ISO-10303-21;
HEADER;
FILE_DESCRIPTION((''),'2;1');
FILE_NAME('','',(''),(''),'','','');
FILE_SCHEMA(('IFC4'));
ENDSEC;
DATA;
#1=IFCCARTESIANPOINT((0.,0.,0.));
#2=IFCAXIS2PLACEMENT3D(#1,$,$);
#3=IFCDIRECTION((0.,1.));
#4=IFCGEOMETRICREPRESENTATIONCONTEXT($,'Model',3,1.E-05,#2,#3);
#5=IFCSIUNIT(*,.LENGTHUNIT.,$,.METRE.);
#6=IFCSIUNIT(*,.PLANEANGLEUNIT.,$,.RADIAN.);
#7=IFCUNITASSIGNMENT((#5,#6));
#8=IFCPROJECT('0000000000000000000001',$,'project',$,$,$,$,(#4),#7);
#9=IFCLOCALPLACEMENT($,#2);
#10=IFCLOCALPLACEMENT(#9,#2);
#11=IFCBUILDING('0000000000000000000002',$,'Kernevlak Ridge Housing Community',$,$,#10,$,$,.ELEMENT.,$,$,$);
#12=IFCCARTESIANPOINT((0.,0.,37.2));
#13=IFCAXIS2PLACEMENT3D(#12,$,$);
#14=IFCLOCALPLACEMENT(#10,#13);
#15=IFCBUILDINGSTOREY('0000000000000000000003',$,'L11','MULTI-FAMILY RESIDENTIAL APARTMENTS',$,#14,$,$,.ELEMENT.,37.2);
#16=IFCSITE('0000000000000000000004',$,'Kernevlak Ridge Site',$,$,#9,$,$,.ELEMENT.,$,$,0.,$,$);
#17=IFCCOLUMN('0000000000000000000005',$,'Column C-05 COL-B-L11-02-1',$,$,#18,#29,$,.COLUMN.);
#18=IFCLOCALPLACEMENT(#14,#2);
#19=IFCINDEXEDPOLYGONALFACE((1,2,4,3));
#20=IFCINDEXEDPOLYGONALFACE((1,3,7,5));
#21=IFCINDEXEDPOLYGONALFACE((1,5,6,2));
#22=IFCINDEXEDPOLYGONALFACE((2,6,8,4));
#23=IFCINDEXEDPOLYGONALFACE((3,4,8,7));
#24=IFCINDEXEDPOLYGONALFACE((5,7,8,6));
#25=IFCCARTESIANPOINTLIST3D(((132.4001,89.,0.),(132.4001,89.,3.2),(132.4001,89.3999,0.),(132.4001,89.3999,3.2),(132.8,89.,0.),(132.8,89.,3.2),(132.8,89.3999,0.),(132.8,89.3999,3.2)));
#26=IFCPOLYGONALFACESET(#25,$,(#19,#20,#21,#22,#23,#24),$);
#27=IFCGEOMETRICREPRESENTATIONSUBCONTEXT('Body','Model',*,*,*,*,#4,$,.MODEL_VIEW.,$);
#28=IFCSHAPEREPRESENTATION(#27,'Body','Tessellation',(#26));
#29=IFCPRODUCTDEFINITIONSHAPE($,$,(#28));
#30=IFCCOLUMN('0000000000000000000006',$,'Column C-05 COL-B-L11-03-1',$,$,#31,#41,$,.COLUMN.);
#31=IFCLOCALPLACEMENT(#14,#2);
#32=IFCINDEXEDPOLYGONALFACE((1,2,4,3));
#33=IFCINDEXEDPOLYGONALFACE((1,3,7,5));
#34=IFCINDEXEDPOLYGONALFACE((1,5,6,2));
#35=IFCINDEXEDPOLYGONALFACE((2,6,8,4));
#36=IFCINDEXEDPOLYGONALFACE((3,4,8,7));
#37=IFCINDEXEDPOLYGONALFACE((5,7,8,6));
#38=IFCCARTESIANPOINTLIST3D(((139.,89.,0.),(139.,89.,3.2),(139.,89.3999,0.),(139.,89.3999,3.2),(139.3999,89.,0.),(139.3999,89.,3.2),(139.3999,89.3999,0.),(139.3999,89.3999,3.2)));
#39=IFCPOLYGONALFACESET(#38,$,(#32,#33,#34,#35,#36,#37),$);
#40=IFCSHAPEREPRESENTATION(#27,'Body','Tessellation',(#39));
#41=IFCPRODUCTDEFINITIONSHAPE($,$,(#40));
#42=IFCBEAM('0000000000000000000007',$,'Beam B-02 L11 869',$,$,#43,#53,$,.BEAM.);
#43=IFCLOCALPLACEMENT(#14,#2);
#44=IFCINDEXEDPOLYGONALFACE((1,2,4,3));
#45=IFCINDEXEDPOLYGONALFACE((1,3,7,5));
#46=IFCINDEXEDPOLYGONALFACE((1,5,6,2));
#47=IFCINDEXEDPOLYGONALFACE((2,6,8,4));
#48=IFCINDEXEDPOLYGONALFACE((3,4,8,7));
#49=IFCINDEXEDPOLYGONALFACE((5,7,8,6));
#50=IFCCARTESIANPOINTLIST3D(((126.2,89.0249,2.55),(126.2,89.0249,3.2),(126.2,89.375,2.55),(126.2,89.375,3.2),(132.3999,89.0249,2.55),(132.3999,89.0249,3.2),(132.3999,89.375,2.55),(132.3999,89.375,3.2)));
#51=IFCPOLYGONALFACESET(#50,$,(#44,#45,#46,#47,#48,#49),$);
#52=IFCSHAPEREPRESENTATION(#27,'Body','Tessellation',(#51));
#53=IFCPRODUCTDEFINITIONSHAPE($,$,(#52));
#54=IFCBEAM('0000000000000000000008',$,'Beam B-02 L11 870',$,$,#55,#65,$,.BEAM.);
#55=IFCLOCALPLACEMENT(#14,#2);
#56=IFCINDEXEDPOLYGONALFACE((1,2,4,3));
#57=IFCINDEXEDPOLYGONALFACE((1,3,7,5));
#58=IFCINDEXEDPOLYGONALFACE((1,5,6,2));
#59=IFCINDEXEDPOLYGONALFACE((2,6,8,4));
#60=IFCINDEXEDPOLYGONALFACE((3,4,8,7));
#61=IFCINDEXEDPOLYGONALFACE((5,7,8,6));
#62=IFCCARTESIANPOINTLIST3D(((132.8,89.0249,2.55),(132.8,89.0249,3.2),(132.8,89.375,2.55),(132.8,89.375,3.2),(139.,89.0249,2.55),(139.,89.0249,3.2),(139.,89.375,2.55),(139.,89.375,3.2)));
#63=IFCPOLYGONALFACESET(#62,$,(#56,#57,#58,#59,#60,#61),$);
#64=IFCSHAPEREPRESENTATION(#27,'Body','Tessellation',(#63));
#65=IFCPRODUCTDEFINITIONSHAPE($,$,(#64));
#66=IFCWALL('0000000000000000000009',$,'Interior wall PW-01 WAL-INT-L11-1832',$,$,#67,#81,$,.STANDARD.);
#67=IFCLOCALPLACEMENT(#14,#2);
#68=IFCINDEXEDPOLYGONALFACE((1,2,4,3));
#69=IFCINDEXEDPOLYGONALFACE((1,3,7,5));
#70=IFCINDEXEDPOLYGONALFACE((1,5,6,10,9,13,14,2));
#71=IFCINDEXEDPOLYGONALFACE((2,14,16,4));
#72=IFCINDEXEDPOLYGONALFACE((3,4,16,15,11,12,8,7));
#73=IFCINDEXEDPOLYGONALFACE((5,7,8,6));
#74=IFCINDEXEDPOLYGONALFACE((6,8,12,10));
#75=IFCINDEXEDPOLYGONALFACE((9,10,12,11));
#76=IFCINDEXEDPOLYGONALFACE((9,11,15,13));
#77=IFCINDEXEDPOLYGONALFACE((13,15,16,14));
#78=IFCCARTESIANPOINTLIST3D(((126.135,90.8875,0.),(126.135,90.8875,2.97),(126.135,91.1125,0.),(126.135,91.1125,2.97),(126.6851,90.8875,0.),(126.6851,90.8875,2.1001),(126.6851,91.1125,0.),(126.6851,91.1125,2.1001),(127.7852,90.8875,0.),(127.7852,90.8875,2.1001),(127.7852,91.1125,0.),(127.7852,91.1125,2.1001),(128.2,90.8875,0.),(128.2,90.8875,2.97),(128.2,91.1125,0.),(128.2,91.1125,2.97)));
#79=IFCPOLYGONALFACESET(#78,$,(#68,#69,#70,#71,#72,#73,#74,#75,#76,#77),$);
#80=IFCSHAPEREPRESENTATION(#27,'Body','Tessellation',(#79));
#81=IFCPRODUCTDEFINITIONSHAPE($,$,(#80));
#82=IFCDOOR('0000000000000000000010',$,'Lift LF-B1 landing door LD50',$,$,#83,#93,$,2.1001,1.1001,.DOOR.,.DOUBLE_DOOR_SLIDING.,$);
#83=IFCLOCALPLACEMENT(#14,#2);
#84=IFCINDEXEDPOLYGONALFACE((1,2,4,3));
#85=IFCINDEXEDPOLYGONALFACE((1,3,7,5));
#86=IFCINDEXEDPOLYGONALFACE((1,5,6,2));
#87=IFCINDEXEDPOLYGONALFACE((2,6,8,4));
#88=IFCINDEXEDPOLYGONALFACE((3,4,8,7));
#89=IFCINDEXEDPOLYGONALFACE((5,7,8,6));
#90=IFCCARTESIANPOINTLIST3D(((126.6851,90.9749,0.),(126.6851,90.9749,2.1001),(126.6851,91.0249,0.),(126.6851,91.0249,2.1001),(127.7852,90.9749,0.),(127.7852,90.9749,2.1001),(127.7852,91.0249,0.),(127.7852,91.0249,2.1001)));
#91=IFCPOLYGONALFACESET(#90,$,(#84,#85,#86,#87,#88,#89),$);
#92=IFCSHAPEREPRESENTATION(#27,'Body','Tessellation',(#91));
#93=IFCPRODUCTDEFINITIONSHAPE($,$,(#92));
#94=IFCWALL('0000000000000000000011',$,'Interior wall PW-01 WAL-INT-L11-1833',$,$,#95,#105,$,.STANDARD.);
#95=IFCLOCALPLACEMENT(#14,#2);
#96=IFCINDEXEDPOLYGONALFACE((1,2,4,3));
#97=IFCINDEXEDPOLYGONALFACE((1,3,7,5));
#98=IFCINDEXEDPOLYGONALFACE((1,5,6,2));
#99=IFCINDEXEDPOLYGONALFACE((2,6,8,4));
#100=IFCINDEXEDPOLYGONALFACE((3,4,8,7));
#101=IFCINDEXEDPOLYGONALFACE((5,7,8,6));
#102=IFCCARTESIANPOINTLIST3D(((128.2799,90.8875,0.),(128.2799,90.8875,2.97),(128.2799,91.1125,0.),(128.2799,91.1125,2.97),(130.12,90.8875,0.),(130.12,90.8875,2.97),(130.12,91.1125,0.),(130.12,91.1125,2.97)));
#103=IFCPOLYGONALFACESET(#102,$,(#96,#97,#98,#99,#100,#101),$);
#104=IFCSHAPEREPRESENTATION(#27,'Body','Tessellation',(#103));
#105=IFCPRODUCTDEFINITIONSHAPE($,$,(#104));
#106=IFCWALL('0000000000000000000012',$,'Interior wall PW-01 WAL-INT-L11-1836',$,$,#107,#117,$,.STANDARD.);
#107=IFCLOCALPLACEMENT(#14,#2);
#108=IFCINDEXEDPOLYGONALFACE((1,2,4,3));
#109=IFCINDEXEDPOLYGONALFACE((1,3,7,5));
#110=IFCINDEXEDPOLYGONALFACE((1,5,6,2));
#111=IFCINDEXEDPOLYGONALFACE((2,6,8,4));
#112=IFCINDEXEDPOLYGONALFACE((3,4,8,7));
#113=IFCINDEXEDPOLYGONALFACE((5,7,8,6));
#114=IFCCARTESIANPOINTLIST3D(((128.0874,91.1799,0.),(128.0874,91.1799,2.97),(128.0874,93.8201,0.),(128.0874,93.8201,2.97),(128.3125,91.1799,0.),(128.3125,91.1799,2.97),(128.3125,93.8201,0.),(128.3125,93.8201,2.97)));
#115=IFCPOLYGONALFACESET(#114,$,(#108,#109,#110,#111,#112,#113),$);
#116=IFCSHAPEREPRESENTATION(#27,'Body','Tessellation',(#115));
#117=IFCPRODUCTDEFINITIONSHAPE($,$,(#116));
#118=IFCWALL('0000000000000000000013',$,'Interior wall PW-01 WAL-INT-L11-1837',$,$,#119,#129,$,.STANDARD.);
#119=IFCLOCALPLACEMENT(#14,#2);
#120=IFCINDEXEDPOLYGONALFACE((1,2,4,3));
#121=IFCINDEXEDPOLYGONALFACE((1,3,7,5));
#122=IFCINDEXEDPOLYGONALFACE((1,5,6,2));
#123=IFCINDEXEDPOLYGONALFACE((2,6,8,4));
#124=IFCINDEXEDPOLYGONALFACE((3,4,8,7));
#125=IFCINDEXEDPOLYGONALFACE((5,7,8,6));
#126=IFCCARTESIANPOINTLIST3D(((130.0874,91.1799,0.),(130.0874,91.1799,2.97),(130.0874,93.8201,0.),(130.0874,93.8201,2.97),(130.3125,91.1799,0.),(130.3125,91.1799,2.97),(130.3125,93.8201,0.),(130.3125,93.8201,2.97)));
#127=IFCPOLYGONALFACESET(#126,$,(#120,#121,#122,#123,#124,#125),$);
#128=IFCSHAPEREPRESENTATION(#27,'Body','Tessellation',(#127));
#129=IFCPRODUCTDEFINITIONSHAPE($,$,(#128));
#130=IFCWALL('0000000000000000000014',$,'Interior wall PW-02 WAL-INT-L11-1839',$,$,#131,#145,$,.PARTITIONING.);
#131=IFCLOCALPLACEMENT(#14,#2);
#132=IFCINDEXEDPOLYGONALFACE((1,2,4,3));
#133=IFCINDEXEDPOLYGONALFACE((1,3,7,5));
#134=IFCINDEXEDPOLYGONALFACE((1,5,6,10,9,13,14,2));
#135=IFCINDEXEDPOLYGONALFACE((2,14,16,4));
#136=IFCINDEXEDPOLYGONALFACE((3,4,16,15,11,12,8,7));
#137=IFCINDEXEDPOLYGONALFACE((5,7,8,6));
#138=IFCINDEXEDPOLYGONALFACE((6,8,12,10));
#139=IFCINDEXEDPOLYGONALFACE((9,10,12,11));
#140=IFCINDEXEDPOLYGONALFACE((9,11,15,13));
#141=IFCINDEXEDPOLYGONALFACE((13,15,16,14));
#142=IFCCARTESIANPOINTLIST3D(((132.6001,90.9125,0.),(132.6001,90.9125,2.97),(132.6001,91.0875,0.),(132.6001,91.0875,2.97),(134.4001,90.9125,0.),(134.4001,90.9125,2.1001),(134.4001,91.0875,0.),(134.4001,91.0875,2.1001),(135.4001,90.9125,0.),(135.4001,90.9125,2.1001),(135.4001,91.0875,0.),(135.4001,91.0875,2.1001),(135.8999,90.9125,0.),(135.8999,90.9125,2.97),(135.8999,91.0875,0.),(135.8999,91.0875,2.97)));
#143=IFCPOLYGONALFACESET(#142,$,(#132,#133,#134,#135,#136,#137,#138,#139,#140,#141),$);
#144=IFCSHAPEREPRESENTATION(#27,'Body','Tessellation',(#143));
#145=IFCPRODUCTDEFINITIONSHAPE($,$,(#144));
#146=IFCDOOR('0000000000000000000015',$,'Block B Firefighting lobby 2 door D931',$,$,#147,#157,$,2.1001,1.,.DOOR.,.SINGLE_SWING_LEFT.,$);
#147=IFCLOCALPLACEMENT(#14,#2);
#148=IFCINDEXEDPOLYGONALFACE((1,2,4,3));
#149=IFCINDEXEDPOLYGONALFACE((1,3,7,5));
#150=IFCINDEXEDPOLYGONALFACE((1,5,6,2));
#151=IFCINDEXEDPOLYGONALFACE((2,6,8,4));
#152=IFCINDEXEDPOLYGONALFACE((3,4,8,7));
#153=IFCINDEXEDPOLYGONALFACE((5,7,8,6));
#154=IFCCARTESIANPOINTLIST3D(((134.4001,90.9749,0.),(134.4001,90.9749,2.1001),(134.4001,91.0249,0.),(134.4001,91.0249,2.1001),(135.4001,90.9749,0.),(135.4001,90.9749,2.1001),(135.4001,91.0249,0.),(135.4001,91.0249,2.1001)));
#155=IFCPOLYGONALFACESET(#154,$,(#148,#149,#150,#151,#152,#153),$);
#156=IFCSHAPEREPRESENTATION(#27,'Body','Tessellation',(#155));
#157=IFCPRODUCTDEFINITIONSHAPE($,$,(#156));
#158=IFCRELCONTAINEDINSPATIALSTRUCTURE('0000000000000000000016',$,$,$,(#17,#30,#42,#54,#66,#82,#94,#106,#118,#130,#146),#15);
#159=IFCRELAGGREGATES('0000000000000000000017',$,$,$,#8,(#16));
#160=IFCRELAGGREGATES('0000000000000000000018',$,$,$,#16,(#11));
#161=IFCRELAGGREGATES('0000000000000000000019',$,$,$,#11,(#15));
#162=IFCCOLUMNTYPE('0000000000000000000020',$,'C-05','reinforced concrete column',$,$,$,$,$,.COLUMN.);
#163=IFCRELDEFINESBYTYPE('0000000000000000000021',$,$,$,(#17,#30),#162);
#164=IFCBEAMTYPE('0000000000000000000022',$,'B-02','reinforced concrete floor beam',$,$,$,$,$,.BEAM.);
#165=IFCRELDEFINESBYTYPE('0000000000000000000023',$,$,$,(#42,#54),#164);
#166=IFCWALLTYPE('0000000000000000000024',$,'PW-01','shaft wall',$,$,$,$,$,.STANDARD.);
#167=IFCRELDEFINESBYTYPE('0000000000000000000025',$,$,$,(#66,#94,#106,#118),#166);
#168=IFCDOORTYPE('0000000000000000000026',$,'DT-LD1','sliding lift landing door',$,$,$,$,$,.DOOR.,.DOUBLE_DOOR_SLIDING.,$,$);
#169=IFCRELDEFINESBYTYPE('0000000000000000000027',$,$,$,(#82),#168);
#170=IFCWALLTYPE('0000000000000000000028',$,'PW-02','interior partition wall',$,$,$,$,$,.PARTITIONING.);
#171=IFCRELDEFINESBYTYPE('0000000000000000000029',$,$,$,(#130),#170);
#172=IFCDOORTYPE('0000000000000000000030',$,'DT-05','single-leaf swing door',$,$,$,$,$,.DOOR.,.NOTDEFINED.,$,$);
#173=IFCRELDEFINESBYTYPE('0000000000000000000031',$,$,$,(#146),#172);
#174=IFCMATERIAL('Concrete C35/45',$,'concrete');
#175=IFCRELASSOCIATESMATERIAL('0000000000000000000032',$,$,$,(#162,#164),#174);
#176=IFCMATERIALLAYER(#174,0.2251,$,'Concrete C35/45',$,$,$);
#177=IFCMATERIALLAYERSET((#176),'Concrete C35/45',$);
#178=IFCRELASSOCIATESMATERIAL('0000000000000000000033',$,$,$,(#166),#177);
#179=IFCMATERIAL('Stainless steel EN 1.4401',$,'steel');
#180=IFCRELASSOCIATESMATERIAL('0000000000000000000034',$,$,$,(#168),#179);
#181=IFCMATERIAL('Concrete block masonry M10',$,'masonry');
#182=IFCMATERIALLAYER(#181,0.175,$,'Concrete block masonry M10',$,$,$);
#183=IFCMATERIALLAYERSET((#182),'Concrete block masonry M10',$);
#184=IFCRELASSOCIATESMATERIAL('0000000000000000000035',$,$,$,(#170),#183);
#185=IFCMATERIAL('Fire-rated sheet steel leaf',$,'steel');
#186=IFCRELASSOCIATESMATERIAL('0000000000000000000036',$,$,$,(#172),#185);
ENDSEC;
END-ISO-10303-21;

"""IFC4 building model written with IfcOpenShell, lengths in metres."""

from ifc_helpers import new_model, si_unit, direction, frame, frame_2d, origin, origin_2d, place, context, subcontext, project, spatial, rectangle, extrude, material, layer, layer_set, material_profile, profile_set, type_object, element, fill, save


model = new_model("IFC4")

# Units and contexts
model_context = context("Model", 3, precision=1e-05, world=origin(), true_north=direction((0.0, 1.0)))
body_context = subcontext(model_context, "Body", "Model", "MODEL_VIEW")
ifc_project = project(units=[si_unit("LENGTHUNIT", "METRE"), si_unit("PLANEANGLEUNIT", "RADIAN")], contexts=[model_context])

# Site, building, storey
site_placement = place(None, origin())
site = spatial("IfcSite", under=ifc_project, at=site_placement, Name="Kernevlak Ridge Site", CompositionType="ELEMENT", RefElevation=0.0)
building_placement = place(site_placement, origin())
building = spatial("IfcBuilding", under=site, at=building_placement, Name="Kernevlak Ridge Housing Community", CompositionType="ELEMENT")
storey_placement = place(building_placement, frame((0.0, 0.0, 37.2)))
storey = spatial("IfcBuildingStorey", under=building, at=storey_placement, Name="L11", Description="MULTI-FAMILY RESIDENTIAL APARTMENTS", CompositionType="ELEMENT", Elevation=37.2)

# Columns
ifc_material_1 = material(Name="Concrete C35/45", Category="concrete")
ifc_material_profile_1 = material_profile(ifc_material_1, rectangle(XDim=0.3999, YDim=0.3999, at=origin_2d()), Name="RC 400x400")
ifc_profile_set_1 = profile_set([ifc_material_profile_1], Name="Concrete C35/45")
column_type = type_object("IfcColumnType", Name="C-05", Description="reinforced concrete column", PredefinedType="COLUMN", material=ifc_profile_set_1)
for number, where, z_axis, x_axis, name in (
    (1, (132.6001, 89.2, 0.0), (0.0, 0.0, 1.0), (1.0, 0.0, 0.0), "Column C-05 COL-B-L11-02-1"),
    (2, (139.2, 89.2, 0.0), (0.0, 0.0, 1.0), (1.0, 0.0, 0.0), "Column C-05 COL-B-L11-03-1"),
):
    element("IfcColumn", number, at=place(storey_placement, frame(where, z_axis=z_axis, x_axis=x_axis)), inside=storey, type_object=column_type, Name=name, PredefinedType="COLUMN", context=body_context, shape_type="SweptSolid", body=[
        extrude(rectangle(XDim=0.3999, YDim=0.3999, at=origin_2d()), origin(), (0.0, 0.0, 1.0), 3.2),
    ])

# Beams
ifc_material_profile_2 = material_profile(ifc_material_1, rectangle(XDim=0.3501, YDim=0.6499, at=origin_2d()), Name="RC 350x650")
ifc_profile_set_2 = profile_set([ifc_material_profile_2], Name="Concrete C35/45")
beam_type = type_object("IfcBeamType", Name="B-02", Description="reinforced concrete floor beam", PredefinedType="BEAM", material=ifc_profile_set_2)
for number, where, z_axis, x_axis, name in (
    (3, (126.2, 89.2, 2.875), (1.0, 0.0, 0.0), (0.0, 1.0, 0.0), "Beam B-02 L11 869"),
    (4, (132.8, 89.2, 2.875), (1.0, 0.0, 0.0), (0.0, 1.0, 0.0), "Beam B-02 L11 870"),
):
    element("IfcBeam", number, at=place(storey_placement, frame(where, z_axis=z_axis, x_axis=x_axis)), inside=storey, type_object=beam_type, Name=name, PredefinedType="BEAM", context=body_context, shape_type="SweptSolid", body=[
        extrude(rectangle(XDim=0.3501, YDim=0.6499, at=origin_2d()), origin(), (0.0, 0.0, 1.0), 6.2),
    ])

# Wall, opening, door
ifc_layer_1 = layer(ifc_material_1, 0.2251, Name="Concrete C35/45")
ifc_layer_set_1 = layer_set([ifc_layer_1], Name="Concrete C35/45")
wall_type_1 = type_object("IfcWallType", Name="PW-01", Description="shaft wall", PredefinedType="STANDARD", material=ifc_layer_set_1)
wall_1_placement = place(storey_placement, frame((126.135, 91.0, 0.0), z_axis=(0.0, 0.0, 1.0), x_axis=(1.0, 0.0, 0.0)))
wall_1 = element("IfcWall", 5, at=wall_1_placement, inside=storey, type_object=wall_type_1, Name="Interior wall PW-01 WAL-INT-L11-1832", PredefinedType="STANDARD", context=body_context, shape_type="SweptSolid", body=[
    extrude(rectangle(XDim=2.0649, YDim=0.2251, at=frame_2d((1.0325, 0.0))), origin(), (0.0, 0.0, 1.0), 2.97),
])
opening_1_placement = place(wall_1_placement, frame((0.55, 0.0, 0.0)))
opening_1 = element("IfcOpeningElement", 6, at=opening_1_placement, cuts=wall_1, PredefinedType="OPENING", context=body_context, shape_type="SweptSolid", body=[
    extrude(rectangle(XDim=1.1001, YDim=2.1001, at=frame_2d((0.55, 1.05))), frame((0.0, 0.1226, 0.0), z_axis=(0.0, -1.0, 0.0), x_axis=(1.0, 0.0, 0.0)), (0.0, 0.0, 1.0), 0.2451),
])
ifc_material_2 = material(Name="Stainless steel EN 1.4401", Category="steel")
door_type_1 = type_object("IfcDoorType", Name="DT-LD1", Description="sliding lift landing door", OperationType="DOUBLE_DOOR_SLIDING", PredefinedType="DOOR", material=ifc_material_2)
door_1_placement = place(opening_1_placement, origin())
door_1 = element("IfcDoor", 7, at=door_1_placement, inside=storey, type_object=door_type_1, Name="Lift LF-B1 landing door LD50", OperationType="DOUBLE_DOOR_SLIDING", OverallHeight=2.1001, OverallWidth=1.1001, PredefinedType="DOOR", context=body_context, shape_type="SweptSolid", body=[
    extrude(rectangle(XDim=1.1001, YDim=2.1001, at=frame_2d((0.55, 1.05))), frame((0.0, 0.0249, 0.0), z_axis=(0.0, -1.0, 0.0), x_axis=(1.0, 0.0, 0.0)), (0.0, 0.0, 1.0), 0.05),
])
fill(opening_1, door_1)

# Walls
wall_2_placement = place(storey_placement, frame((128.28, 91.0, 0.0), z_axis=(0.0, 0.0, 1.0), x_axis=(1.0, 0.0, 0.0)))
element("IfcWall", 8, at=wall_2_placement, inside=storey, type_object=wall_type_1, Name="Interior wall PW-01 WAL-INT-L11-1833", PredefinedType="STANDARD", context=body_context, shape_type="SweptSolid", body=[
    extrude(rectangle(XDim=1.8401, YDim=0.2251, at=frame_2d((0.9199, 0.0))), origin(), (0.0, 0.0, 1.0), 2.97),
])
for number, where, z_axis, x_axis, name in (
    (9, (128.2, 91.1799, 0.0), (0.0, 0.0, 1.0), (0.0, 1.0, 0.0), "Interior wall PW-01 WAL-INT-L11-1836"),
    (10, (130.2, 91.1799, 0.0), (0.0, 0.0, 1.0), (0.0, 1.0, 0.0), "Interior wall PW-01 WAL-INT-L11-1837"),
):
    element("IfcWall", number, at=place(storey_placement, frame(where, z_axis=z_axis, x_axis=x_axis)), inside=storey, type_object=wall_type_1, Name=name, PredefinedType="STANDARD", context=body_context, shape_type="SweptSolid", body=[
        extrude(rectangle(XDim=2.6401, YDim=0.2251, at=frame_2d((1.3201, 0.0))), origin(), (0.0, 0.0, 1.0), 2.97),
    ])

# Wall, opening, door
ifc_material_3 = material(Name="Concrete block masonry M10", Category="masonry")
ifc_layer_2 = layer(ifc_material_3, 0.175, Name="Concrete block masonry M10")
ifc_layer_set_2 = layer_set([ifc_layer_2], Name="Concrete block masonry M10")
wall_type_2 = type_object("IfcWallType", Name="PW-02", Description="interior partition wall", PredefinedType="PARTITIONING", material=ifc_layer_set_2)
wall_3_placement = place(storey_placement, frame((132.6001, 91.0, 0.0), z_axis=(0.0, 0.0, 1.0), x_axis=(1.0, 0.0, 0.0)))
wall_3 = element("IfcWall", 11, at=wall_3_placement, inside=storey, type_object=wall_type_2, Name="Interior wall PW-02 WAL-INT-L11-1839", PredefinedType="PARTITIONING", context=body_context, shape_type="SweptSolid", body=[
    extrude(rectangle(XDim=3.2998, YDim=0.175, at=frame_2d((1.6499, 0.0))), origin(), (0.0, 0.0, 1.0), 2.97),
])
opening_2_placement = place(wall_3_placement, frame((1.8, 0.0, 0.0)))
opening_2 = element("IfcOpeningElement", 12, at=opening_2_placement, cuts=wall_3, PredefinedType="OPENING", context=body_context, shape_type="SweptSolid", body=[
    extrude(rectangle(XDim=1.0, YDim=2.1001, at=frame_2d((0.5, 1.05))), frame((0.0, 0.0974, 0.0), z_axis=(0.0, -1.0, 0.0), x_axis=(1.0, 0.0, 0.0)), (0.0, 0.0, 1.0), 0.1951),
])
ifc_material_4 = material(Name="Fire-rated sheet steel leaf", Category="steel")
door_type_2 = type_object("IfcDoorType", Name="DT-05", Description="single-leaf swing door", OperationType="NOTDEFINED", PredefinedType="DOOR", material=ifc_material_4)
door_2_placement = place(opening_2_placement, origin())
door_2 = element("IfcDoor", 13, at=door_2_placement, inside=storey, type_object=door_type_2, Name="Block B Firefighting lobby 2 door D931", OperationType="SINGLE_SWING_LEFT", OverallHeight=2.1001, OverallWidth=1.0, PredefinedType="DOOR", context=body_context, shape_type="SweptSolid", body=[
    extrude(rectangle(XDim=1.0, YDim=2.1001, at=frame_2d((0.5, 1.05))), frame((0.0, 0.0249, 0.0), z_axis=(0.0, -1.0, 0.0), x_axis=(1.0, 0.0, 0.0)), (0.0, 0.0, 1.0), 0.05),
])
fill(opening_2, door_2)

save(model, "model.ifc")
